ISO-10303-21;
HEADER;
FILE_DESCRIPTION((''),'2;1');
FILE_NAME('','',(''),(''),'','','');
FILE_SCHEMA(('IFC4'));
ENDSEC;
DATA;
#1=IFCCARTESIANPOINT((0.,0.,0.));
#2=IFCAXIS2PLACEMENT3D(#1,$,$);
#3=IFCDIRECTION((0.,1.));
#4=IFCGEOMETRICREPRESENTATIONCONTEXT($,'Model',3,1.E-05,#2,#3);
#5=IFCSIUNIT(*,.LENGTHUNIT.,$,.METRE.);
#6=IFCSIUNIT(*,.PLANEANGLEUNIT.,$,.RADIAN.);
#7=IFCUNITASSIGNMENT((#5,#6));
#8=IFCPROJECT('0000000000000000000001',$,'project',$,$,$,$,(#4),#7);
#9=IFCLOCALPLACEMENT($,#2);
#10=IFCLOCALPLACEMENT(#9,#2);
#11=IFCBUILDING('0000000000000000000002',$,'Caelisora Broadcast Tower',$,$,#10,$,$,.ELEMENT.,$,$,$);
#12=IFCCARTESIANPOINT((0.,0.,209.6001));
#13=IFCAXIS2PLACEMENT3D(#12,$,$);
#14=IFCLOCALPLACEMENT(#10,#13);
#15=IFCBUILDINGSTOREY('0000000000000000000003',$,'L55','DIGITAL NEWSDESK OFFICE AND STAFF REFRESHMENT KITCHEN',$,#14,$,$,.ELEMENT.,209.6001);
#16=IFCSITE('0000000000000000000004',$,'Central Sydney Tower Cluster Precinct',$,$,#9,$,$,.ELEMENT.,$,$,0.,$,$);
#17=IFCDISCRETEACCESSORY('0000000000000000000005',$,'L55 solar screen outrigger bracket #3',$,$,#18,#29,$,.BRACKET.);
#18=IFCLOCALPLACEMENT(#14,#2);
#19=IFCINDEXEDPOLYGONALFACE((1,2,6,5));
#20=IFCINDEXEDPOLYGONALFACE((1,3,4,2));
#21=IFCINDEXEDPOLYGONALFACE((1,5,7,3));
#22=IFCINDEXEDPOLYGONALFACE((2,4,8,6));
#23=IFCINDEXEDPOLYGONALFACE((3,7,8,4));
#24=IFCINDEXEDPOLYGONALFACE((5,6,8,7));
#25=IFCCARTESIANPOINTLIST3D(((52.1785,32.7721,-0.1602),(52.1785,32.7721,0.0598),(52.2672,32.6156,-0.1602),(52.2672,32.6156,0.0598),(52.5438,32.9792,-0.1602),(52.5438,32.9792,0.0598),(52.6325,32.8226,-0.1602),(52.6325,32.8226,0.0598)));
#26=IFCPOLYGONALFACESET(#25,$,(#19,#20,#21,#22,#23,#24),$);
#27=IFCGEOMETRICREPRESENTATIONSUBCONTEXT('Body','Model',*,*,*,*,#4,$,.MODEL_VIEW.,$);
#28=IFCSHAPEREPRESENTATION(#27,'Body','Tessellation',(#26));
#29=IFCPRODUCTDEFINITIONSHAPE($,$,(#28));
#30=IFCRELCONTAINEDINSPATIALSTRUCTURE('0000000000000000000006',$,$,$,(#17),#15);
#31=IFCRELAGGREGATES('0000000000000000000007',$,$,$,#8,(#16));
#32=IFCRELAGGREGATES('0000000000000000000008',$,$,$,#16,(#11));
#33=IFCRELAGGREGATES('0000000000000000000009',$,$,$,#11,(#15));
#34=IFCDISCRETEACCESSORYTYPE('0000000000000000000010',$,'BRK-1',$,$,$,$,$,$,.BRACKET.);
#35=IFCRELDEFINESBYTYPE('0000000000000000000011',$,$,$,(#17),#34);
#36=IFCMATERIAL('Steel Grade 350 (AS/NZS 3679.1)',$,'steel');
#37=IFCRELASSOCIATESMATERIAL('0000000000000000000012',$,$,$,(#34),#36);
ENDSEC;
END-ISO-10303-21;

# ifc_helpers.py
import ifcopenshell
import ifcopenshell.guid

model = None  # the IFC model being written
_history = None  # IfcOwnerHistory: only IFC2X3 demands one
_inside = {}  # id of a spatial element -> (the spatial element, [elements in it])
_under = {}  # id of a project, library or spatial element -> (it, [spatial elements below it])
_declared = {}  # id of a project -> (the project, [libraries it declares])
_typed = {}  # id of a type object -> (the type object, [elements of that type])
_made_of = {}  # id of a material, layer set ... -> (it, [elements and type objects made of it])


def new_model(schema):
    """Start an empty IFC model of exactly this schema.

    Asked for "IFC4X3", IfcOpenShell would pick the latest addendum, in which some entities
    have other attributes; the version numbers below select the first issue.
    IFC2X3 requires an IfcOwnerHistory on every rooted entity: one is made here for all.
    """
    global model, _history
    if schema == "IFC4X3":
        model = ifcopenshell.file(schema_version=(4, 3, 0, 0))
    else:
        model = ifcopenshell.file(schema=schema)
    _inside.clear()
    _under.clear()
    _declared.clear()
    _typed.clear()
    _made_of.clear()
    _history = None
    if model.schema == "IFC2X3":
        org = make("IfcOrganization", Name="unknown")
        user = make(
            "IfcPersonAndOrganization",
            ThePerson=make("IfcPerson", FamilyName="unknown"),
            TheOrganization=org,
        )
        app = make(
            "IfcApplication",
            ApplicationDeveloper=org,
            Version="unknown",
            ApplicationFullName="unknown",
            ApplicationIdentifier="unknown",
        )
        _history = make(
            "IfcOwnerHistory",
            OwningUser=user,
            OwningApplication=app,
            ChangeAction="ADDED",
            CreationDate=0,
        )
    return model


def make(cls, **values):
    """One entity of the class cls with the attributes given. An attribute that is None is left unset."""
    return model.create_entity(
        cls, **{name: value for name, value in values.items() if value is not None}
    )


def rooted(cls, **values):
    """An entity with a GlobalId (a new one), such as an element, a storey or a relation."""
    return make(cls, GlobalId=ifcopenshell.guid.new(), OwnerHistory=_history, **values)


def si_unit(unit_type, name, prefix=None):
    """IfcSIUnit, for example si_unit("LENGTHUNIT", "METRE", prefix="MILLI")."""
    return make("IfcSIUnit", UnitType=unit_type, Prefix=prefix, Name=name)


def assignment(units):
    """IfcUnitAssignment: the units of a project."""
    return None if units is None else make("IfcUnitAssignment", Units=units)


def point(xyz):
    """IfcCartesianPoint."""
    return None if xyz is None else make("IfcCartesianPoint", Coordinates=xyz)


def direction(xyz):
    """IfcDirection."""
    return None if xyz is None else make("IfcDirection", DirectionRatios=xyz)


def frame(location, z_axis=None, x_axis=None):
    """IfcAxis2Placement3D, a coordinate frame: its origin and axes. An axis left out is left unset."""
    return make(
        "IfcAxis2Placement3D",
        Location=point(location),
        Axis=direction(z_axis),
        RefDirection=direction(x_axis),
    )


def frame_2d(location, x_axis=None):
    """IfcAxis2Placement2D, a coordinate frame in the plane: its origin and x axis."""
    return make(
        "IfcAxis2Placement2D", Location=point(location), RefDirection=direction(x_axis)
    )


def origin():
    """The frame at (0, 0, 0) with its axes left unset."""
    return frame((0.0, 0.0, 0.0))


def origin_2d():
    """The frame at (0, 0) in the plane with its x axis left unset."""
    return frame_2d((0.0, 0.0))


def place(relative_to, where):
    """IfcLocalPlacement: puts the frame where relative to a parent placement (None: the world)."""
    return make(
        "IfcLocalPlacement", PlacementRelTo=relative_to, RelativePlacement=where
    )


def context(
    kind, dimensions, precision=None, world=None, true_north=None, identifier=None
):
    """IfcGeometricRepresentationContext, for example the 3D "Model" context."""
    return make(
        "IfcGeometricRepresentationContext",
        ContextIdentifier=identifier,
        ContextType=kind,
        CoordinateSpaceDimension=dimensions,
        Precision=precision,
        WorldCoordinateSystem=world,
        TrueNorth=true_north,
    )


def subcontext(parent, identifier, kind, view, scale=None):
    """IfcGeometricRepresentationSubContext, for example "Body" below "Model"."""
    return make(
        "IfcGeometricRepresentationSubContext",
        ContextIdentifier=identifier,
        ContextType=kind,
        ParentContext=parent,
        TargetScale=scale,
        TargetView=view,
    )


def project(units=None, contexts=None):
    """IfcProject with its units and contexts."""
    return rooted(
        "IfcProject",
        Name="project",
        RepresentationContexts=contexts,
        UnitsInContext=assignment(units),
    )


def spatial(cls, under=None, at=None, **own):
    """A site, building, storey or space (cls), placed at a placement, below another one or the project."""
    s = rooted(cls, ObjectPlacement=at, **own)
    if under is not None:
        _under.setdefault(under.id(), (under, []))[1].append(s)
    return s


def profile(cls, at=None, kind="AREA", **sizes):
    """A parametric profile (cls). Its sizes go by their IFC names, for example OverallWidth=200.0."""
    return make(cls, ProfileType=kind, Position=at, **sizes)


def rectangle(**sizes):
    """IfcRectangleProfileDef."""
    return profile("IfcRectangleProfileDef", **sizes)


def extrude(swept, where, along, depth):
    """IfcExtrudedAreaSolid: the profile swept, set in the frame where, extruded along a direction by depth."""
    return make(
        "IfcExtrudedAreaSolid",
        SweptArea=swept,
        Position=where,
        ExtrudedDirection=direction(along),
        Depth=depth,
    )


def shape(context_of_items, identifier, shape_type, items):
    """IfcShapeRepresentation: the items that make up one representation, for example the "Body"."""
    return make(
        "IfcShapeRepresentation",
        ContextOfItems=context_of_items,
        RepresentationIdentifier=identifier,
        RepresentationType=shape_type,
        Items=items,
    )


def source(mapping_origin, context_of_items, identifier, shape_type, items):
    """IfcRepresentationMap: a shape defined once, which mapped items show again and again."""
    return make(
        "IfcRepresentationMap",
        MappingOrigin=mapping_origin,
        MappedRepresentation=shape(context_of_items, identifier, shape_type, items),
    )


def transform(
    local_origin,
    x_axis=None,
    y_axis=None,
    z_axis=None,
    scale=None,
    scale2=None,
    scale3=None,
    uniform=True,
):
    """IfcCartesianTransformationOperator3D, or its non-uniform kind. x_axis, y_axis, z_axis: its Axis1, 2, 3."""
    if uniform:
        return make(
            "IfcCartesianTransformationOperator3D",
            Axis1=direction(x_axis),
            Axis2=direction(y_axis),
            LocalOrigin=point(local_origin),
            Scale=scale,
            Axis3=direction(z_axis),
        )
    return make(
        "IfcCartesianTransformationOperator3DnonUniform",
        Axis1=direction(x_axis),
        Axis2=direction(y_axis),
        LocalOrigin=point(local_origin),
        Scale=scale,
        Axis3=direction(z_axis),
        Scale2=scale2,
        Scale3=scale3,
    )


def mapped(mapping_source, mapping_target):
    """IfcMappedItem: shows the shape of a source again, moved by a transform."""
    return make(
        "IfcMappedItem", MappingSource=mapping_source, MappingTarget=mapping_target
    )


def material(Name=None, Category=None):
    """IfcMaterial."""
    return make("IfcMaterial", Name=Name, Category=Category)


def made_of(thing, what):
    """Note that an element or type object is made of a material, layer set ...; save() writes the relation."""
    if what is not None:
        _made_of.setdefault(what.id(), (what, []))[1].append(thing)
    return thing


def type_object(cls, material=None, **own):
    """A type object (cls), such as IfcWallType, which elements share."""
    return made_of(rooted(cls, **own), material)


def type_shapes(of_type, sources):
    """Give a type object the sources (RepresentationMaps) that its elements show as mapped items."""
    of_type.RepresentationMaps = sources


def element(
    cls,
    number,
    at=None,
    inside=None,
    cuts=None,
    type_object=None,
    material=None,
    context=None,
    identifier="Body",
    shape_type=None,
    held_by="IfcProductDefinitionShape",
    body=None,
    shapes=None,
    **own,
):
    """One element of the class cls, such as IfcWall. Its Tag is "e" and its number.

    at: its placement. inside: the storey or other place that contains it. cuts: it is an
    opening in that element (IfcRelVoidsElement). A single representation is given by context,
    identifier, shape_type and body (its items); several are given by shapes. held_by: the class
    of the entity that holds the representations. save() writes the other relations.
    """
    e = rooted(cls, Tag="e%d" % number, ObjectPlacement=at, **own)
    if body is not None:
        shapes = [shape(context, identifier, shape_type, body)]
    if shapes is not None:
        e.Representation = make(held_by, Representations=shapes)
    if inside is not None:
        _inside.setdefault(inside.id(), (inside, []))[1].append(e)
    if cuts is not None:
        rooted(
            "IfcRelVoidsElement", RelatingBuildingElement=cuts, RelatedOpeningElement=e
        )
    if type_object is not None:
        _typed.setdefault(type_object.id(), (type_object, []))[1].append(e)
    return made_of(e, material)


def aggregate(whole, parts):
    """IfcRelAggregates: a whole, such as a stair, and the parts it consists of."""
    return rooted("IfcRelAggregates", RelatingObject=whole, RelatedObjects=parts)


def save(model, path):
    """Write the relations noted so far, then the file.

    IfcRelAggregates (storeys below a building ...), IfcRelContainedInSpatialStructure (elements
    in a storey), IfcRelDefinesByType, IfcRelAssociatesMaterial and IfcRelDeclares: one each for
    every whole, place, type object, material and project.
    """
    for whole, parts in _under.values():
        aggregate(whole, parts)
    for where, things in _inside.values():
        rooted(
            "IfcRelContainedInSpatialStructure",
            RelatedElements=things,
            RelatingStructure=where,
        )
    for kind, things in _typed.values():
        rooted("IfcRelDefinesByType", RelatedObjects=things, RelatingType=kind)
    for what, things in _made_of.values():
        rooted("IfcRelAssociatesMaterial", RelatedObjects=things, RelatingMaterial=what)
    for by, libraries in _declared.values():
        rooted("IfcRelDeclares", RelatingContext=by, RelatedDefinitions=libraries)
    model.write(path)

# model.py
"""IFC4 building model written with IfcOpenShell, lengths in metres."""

from ifc_helpers import new_model, si_unit, direction, frame, origin, origin_2d, place, context, subcontext, project, spatial, rectangle, extrude, source, transform, mapped, material, type_object, type_shapes, element, save


model = new_model("IFC4")

# Units and contexts
model_context = context("Model", 3, precision=1e-05, world=origin(), true_north=direction((0.0, 1.0)))
body_context = subcontext(model_context, "Body", "Model", "MODEL_VIEW")
ifc_project = project(units=[si_unit("LENGTHUNIT", "METRE"), si_unit("PLANEANGLEUNIT", "RADIAN")], contexts=[model_context])

# Site, building, storey
site_placement = place(None, origin())
site = spatial("IfcSite", under=ifc_project, at=site_placement, Name="Central Sydney Tower Cluster Precinct", CompositionType="ELEMENT", RefElevation=0.0)
building_placement = place(site_placement, origin())
building = spatial("IfcBuilding", under=site, at=building_placement, Name="Caelisora Broadcast Tower", CompositionType="ELEMENT")
storey_placement = place(building_placement, frame((0.0, 0.0, 209.6001)))
storey = spatial("IfcBuildingStorey", under=building, at=storey_placement, Name="L55", Description="DIGITAL NEWSDESK OFFICE AND STAFF REFRESHMENT KITCHEN", CompositionType="ELEMENT", Elevation=209.6001)

# Shared definitions
ifc_material_1 = material(Name="Steel Grade 350 (AS/NZS 3679.1)", Category="steel")

# Discrete accessory
discrete_accessory_type = type_object("IfcDiscreteAccessoryType", Name="BRK-1", PredefinedType="BRACKET", material=ifc_material_1)
shared_shape_1 = source(origin(), body_context, "Body", "SweptSolid", [
    extrude(rectangle(XDim=0.1799, YDim=0.4199, at=origin_2d()), origin(), (0.0, 0.0, 1.0), 0.22),
])
type_shapes(discrete_accessory_type, [shared_shape_1])
discrete_accessory_placement = place(storey_placement, frame((52.4055, 32.7974, -0.1602), z_axis=(0.0, 0.0, 1.0), x_axis=(-0.493031, 0.870012, 0.0)))
element("IfcDiscreteAccessory", 1, at=discrete_accessory_placement, inside=storey, type_object=discrete_accessory_type, Name="L55 solar screen outrigger bracket #3", PredefinedType="BRACKET", context=body_context, shape_type="MappedRepresentation", body=[
    mapped(shared_shape_1, transform((0.0, 0.0, 0.0), scale=1.0)),
])

save(model, "model.ifc")
